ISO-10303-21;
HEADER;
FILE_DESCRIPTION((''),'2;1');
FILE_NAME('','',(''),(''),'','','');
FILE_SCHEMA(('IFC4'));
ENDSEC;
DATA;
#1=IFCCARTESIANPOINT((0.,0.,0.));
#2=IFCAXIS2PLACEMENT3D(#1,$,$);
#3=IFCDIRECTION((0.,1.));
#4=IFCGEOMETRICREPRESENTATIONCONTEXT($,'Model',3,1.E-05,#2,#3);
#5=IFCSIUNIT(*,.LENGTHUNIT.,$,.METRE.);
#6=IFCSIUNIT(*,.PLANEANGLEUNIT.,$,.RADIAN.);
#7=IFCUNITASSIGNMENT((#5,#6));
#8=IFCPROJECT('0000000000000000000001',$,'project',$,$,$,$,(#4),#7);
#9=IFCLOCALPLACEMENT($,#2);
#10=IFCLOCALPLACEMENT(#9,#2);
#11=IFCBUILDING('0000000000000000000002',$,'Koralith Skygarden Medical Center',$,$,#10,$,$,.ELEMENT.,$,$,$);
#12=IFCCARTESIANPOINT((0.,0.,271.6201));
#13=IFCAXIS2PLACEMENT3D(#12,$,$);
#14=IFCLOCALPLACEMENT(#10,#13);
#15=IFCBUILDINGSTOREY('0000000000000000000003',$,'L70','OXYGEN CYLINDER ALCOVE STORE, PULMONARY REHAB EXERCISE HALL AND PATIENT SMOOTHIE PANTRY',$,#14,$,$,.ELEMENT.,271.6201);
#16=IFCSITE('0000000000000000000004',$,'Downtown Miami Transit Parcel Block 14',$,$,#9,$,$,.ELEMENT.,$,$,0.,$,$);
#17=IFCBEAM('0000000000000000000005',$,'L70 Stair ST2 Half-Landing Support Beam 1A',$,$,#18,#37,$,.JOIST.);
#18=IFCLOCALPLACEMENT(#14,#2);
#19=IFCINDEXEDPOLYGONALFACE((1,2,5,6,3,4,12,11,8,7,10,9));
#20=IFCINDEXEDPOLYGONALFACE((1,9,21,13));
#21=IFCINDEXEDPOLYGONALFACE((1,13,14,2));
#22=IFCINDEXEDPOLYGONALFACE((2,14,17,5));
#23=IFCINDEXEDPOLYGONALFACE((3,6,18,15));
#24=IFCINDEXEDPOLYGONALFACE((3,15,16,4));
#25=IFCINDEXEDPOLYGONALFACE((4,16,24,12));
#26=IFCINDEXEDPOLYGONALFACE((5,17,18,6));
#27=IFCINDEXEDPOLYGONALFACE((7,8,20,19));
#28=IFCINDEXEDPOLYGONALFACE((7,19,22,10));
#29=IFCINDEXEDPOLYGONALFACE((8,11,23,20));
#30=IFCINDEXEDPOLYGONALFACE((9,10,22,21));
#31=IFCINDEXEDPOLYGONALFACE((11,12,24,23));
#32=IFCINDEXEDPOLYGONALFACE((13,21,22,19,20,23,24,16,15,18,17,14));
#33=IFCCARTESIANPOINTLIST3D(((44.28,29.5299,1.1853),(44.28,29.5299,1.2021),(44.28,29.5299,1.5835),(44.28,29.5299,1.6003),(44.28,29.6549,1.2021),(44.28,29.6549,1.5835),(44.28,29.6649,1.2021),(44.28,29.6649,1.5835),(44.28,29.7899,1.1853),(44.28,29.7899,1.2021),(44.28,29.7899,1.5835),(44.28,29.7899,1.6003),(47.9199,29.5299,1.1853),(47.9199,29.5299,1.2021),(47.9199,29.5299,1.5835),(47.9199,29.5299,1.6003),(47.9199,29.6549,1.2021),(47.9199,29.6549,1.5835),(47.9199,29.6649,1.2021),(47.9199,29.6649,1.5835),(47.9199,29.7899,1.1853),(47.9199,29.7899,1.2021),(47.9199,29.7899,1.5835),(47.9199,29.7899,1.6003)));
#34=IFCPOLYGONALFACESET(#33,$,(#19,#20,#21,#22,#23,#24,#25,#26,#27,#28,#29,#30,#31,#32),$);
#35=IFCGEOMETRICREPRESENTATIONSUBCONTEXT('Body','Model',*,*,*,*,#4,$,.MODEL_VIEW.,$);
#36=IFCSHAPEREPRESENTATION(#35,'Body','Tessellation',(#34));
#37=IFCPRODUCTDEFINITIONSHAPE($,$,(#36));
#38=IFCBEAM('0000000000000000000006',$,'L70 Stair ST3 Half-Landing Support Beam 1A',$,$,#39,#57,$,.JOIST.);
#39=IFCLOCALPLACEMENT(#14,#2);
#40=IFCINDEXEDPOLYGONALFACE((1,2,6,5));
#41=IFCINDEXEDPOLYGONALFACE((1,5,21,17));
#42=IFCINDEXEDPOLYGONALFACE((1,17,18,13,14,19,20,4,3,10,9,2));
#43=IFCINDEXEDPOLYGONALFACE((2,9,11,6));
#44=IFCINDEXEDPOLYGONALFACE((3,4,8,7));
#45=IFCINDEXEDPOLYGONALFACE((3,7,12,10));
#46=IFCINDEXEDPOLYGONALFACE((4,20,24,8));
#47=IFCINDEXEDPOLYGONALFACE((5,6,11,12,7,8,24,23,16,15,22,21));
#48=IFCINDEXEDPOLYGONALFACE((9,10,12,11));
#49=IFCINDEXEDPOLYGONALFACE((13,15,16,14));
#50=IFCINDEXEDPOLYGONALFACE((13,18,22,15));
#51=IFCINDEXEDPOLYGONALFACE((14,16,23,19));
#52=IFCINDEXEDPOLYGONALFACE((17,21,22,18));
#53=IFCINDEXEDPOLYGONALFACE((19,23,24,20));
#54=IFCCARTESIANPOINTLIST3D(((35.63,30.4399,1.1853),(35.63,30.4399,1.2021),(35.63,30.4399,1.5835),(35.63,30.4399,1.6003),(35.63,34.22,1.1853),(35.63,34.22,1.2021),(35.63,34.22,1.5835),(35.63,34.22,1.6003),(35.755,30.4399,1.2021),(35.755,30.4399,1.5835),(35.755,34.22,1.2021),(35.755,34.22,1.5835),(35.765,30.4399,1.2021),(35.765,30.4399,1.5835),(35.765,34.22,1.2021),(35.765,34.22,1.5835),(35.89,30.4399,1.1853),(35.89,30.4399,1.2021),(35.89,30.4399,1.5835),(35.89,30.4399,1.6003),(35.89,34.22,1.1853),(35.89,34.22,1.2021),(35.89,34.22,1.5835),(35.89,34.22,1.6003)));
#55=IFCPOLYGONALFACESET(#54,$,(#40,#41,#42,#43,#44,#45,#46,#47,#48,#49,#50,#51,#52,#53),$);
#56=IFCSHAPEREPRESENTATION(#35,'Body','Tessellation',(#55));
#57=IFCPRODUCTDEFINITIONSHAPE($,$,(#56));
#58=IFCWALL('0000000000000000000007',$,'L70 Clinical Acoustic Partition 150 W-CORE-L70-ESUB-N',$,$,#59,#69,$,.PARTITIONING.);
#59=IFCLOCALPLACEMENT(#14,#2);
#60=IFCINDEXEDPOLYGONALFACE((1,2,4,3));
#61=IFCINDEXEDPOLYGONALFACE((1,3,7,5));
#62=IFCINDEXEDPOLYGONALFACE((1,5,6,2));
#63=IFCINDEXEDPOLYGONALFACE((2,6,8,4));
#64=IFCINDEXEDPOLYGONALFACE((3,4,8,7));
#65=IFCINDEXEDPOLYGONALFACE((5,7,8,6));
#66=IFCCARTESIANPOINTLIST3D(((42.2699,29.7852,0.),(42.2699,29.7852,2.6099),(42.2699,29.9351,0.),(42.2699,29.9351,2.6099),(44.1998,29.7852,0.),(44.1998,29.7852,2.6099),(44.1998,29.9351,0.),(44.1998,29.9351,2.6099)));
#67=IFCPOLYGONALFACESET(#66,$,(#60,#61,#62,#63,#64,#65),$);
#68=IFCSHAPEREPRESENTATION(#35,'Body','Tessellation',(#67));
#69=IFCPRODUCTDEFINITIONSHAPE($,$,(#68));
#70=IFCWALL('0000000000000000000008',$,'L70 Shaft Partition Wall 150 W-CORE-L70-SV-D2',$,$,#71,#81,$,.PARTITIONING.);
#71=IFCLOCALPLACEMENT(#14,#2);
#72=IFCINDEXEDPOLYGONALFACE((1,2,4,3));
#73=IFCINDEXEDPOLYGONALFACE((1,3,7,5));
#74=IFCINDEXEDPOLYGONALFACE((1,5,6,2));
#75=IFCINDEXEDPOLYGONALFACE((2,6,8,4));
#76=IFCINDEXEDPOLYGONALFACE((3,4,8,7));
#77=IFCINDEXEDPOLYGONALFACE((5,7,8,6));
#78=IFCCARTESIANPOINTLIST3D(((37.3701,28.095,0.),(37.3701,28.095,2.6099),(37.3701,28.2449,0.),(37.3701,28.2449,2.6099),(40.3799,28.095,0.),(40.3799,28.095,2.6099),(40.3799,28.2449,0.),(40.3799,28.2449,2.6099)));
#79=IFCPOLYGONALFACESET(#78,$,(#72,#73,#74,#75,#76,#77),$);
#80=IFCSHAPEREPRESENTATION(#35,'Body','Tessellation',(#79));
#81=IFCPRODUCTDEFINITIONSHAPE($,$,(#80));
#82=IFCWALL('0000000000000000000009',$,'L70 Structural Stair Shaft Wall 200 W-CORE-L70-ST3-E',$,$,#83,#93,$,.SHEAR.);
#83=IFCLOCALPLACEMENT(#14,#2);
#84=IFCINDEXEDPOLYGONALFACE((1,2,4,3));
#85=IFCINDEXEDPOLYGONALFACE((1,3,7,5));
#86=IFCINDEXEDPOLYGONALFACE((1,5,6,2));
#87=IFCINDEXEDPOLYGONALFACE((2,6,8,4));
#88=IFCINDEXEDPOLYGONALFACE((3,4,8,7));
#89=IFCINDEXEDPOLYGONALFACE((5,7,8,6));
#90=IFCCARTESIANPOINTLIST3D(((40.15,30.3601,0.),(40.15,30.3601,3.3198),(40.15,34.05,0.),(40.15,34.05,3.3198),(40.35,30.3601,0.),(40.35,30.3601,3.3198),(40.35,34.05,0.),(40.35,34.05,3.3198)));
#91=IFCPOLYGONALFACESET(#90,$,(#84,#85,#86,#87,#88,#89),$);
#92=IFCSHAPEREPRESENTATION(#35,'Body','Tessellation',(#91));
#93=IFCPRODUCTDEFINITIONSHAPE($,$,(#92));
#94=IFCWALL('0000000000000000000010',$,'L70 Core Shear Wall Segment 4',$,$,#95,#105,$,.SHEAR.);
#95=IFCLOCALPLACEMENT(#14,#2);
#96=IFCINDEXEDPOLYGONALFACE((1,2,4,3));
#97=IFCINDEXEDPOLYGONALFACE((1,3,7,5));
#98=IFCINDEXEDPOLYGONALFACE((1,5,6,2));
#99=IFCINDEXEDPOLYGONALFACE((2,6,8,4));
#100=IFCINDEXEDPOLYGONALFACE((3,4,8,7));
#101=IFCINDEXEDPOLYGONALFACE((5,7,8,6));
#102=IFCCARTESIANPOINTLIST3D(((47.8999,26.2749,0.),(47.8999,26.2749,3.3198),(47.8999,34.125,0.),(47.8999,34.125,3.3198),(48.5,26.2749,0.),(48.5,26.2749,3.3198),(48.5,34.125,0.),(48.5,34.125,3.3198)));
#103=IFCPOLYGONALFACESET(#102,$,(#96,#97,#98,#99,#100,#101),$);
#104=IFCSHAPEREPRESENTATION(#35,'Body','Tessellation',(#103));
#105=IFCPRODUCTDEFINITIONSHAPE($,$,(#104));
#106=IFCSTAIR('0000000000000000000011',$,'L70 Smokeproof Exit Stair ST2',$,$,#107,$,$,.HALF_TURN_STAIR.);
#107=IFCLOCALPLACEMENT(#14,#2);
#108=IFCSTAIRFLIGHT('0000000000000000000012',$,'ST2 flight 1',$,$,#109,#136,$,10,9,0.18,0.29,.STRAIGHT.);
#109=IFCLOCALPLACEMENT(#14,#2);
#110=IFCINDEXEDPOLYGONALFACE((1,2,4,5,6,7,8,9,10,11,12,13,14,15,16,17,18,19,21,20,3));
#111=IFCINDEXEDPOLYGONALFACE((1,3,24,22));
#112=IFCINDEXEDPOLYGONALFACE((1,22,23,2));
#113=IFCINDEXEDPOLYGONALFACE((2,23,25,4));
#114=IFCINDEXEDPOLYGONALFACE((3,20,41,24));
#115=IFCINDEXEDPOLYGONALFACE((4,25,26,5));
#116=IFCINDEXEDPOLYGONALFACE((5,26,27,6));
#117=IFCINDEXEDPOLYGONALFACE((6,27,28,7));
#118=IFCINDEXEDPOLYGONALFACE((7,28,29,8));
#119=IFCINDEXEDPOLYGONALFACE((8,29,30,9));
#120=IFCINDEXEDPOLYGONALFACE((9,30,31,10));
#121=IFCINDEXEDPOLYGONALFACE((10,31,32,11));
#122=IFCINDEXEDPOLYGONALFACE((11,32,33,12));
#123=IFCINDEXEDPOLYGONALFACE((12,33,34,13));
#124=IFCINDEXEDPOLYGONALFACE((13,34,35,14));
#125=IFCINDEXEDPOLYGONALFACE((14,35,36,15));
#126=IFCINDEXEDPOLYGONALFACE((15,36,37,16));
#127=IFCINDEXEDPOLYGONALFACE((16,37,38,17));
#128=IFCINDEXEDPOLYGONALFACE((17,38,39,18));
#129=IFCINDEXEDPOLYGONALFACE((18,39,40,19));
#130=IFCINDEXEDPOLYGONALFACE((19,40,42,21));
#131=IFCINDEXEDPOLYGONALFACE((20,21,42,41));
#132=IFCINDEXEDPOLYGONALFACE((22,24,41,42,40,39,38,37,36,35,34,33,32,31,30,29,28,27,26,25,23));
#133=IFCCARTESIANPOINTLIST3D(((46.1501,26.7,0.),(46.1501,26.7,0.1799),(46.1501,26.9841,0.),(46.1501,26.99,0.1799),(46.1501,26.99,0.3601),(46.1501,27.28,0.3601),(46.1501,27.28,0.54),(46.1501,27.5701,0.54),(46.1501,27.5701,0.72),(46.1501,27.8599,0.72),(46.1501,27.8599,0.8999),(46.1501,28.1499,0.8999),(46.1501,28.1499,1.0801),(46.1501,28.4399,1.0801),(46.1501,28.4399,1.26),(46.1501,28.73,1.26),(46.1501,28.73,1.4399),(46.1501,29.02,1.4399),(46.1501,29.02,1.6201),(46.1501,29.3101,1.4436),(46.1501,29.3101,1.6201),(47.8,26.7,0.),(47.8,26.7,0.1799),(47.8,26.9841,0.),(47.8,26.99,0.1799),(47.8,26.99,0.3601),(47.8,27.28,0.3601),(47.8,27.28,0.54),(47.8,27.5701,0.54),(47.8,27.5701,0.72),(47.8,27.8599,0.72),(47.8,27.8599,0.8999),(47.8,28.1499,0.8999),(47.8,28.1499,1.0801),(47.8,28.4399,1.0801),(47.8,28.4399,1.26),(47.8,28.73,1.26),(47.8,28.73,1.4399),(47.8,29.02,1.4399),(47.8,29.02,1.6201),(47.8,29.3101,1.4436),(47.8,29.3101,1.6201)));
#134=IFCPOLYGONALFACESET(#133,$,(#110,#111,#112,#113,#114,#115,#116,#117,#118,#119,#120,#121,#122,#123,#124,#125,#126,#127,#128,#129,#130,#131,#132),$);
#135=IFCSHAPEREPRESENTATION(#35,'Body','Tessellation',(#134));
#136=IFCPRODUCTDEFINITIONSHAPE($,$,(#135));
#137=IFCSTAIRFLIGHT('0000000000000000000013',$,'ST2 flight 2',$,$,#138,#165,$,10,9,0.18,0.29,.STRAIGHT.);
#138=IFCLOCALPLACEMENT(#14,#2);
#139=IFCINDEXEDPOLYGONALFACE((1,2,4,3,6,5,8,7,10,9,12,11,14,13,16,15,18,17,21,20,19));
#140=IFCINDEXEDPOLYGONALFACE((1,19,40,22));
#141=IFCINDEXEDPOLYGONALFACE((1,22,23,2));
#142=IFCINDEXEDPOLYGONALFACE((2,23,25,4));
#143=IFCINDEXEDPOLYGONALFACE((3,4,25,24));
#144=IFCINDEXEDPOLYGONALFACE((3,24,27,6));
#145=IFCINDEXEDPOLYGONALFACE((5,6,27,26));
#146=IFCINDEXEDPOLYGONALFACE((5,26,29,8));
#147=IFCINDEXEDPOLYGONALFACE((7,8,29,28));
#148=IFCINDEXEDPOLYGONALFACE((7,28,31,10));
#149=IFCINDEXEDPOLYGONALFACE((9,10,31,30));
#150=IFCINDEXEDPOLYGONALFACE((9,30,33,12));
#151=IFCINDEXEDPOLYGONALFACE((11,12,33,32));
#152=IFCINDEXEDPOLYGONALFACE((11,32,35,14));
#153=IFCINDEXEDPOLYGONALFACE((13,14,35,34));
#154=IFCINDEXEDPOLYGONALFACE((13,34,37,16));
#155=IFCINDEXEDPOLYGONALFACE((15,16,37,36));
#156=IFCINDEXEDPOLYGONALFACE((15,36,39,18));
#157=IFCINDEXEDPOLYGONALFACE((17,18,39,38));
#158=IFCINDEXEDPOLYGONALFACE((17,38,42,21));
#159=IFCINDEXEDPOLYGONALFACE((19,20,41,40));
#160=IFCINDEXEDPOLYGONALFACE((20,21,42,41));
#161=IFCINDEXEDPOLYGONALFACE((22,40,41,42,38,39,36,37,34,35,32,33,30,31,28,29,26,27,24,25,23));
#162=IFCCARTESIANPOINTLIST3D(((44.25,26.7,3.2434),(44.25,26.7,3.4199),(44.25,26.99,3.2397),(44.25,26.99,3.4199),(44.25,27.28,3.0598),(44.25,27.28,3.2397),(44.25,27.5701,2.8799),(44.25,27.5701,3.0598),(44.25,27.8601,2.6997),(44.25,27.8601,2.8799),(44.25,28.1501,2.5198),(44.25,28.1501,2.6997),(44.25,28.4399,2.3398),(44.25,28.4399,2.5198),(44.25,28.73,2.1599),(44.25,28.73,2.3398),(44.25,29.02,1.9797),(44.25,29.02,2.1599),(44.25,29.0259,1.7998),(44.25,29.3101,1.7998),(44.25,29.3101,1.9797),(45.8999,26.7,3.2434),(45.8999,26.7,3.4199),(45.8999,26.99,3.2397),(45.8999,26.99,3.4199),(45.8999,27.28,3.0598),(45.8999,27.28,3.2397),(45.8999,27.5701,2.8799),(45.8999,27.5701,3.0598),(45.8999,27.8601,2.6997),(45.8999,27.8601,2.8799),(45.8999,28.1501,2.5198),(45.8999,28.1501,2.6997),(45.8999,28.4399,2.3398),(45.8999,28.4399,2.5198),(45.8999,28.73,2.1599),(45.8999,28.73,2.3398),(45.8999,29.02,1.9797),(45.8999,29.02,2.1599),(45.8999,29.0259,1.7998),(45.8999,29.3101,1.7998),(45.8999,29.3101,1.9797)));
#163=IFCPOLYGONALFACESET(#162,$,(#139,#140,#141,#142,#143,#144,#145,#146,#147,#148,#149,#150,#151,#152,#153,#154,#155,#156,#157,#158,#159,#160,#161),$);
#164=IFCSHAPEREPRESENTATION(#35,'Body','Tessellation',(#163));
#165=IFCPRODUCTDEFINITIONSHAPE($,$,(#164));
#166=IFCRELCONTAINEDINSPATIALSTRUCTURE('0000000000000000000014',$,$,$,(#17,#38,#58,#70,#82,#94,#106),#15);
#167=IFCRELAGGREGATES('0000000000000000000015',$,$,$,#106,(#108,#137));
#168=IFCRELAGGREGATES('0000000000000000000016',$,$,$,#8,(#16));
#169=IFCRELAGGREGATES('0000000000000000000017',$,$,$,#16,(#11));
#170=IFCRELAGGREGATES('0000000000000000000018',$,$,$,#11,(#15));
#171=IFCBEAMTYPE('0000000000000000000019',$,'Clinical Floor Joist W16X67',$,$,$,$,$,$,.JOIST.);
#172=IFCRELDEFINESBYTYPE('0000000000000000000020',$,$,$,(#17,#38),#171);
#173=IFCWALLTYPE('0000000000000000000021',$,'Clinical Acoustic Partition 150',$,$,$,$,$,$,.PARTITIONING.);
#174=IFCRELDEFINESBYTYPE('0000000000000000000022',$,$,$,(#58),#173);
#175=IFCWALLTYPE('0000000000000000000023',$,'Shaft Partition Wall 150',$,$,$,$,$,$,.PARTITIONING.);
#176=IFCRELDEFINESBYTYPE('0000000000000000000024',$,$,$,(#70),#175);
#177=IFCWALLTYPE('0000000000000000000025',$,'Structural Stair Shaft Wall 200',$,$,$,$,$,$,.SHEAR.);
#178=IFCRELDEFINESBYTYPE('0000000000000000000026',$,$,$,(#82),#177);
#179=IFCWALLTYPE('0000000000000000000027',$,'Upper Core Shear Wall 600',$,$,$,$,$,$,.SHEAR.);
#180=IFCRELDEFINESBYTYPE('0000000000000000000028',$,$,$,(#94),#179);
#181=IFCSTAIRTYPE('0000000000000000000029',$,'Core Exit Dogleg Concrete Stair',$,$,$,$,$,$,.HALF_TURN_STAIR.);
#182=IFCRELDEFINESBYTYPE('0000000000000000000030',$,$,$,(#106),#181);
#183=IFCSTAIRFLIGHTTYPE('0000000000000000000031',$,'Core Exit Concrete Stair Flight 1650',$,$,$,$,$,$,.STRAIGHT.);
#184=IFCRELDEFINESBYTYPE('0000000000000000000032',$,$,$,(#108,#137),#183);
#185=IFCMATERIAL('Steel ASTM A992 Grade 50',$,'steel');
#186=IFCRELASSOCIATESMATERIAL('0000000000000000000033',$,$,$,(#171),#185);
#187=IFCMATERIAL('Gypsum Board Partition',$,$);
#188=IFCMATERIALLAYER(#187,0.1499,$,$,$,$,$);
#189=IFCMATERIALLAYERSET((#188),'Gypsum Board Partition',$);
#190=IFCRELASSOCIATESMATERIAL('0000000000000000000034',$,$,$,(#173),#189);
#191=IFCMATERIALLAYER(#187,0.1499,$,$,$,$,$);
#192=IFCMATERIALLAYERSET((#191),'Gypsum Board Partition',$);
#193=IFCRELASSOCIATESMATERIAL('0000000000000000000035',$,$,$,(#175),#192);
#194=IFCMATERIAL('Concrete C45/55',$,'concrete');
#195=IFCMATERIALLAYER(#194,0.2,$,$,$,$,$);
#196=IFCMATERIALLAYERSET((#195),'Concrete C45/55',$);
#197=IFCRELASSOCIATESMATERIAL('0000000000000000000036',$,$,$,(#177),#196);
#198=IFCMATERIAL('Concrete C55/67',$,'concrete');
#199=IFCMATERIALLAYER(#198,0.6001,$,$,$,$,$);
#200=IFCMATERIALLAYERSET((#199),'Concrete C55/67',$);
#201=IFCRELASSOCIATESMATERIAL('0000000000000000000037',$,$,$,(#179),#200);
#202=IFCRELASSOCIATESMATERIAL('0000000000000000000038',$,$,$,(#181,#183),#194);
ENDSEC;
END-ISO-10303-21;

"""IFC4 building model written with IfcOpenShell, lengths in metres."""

from ifc_helpers import new_model, si_unit, direction, frame, frame_2d, origin, origin_2d, place, context, subcontext, project, spatial, polyline, rectangle, i_section, outline, extrude, material, layer, layer_set, material_profile, profile_set, type_object, element, aggregate, save


model = new_model("IFC4")

# Units and contexts
model_context = context("Model", 3, precision=1e-05, world=origin(), true_north=direction((0.0, 1.0)))
body_context = subcontext(model_context, "Body", "Model", "MODEL_VIEW")
ifc_project = project(units=[si_unit("LENGTHUNIT", "METRE"), si_unit("PLANEANGLEUNIT", "RADIAN")], contexts=[model_context])

# Site, building, storey
site_placement = place(None, origin())
site = spatial("IfcSite", under=ifc_project, at=site_placement, Name="Downtown Miami Transit Parcel Block 14", CompositionType="ELEMENT", RefElevation=0.0)
building_placement = place(site_placement, origin())
building = spatial("IfcBuilding", under=site, at=building_placement, Name="Koralith Skygarden Medical Center", CompositionType="ELEMENT")
storey_placement = place(building_placement, frame((0.0, 0.0, 271.6201)))
storey = spatial("IfcBuildingStorey", under=building, at=storey_placement, Name="L70", Description="OXYGEN CYLINDER ALCOVE STORE, PULMONARY REHAB EXERCISE HALL AND PATIENT SMOOTHIE PANTRY", CompositionType="ELEMENT", Elevation=271.6201)

# Beams
ifc_material_1 = material(Name="Steel ASTM A992 Grade 50", Category="steel")
ifc_material_profile = material_profile(ifc_material_1, i_section(OverallWidth=0.26, OverallDepth=0.415, WebThickness=0.01, FlangeThickness=0.0168, at=origin_2d()), Name="W16X67")
ifc_profile_set = profile_set([ifc_material_profile], Name="Steel ASTM A992 Grade 50")
beam_type = type_object("IfcBeamType", Name="Clinical Floor Joist W16X67", PredefinedType="JOIST", material=ifc_profile_set)
beam_1_placement = place(storey_placement, frame((44.28, 29.6599, 1.3928), z_axis=(1.0, 0.0, 0.0), x_axis=(0.0, 1.0, 0.0)))
element("IfcBeam", 1, at=beam_1_placement, inside=storey, type_object=beam_type, Name="L70 Stair ST2 Half-Landing Support Beam 1A", PredefinedType="JOIST", context=body_context, shape_type="SweptSolid", body=[
    extrude(i_section(OverallWidth=0.26, OverallDepth=0.415, WebThickness=0.01, FlangeThickness=0.0168, at=origin_2d()), origin(), (0.0, 0.0, 1.0), 3.6399),
])
beam_2_placement = place(storey_placement, frame((35.76, 30.4399, 1.3928), z_axis=(0.0, 1.0, 0.0), x_axis=(-1.0, 0.0, 0.0)))
element("IfcBeam", 2, at=beam_2_placement, inside=storey, type_object=beam_type, Name="L70 Stair ST3 Half-Landing Support Beam 1A", PredefinedType="JOIST", context=body_context, shape_type="SweptSolid", body=[
    extrude(i_section(OverallWidth=0.26, OverallDepth=0.415, WebThickness=0.01, FlangeThickness=0.0168, at=origin_2d()), origin(), (0.0, 0.0, 1.0), 3.78),
])

# Walls
ifc_material_2 = material(Name="Gypsum Board Partition")
ifc_layer_1 = layer(ifc_material_2, 0.1499)
ifc_layer_set_1 = layer_set([ifc_layer_1], Name="Gypsum Board Partition")
wall_type_1 = type_object("IfcWallType", Name="Clinical Acoustic Partition 150", PredefinedType="PARTITIONING", material=ifc_layer_set_1)
wall_1_placement = place(storey_placement, frame((42.27, 29.8601, 0.0), z_axis=(0.0, 0.0, 1.0), x_axis=(1.0, 0.0, 0.0)))
element("IfcWall", 3, at=wall_1_placement, inside=storey, type_object=wall_type_1, Name="L70 Clinical Acoustic Partition 150 W-CORE-L70-ESUB-N", PredefinedType="PARTITIONING", context=body_context, shape_type="SweptSolid", body=[
    extrude(rectangle(XDim=1.9299, YDim=0.1499, at=frame_2d((0.9648, 0.0))), origin(), (0.0, 0.0, 1.0), 2.6099),
])
ifc_layer_2 = layer(ifc_material_2, 0.1499)
ifc_layer_set_2 = layer_set([ifc_layer_2], Name="Gypsum Board Partition")
wall_type_2 = type_object("IfcWallType", Name="Shaft Partition Wall 150", PredefinedType="PARTITIONING", material=ifc_layer_set_2)
wall_2_placement = place(storey_placement, frame((37.3701, 28.1699, 0.0), z_axis=(0.0, 0.0, 1.0), x_axis=(1.0, 0.0, 0.0)))
element("IfcWall", 4, at=wall_2_placement, inside=storey, type_object=wall_type_2, Name="L70 Shaft Partition Wall 150 W-CORE-L70-SV-D2", PredefinedType="PARTITIONING", context=body_context, shape_type="SweptSolid", body=[
    extrude(rectangle(XDim=3.0098, YDim=0.1499, at=frame_2d((1.5049, 0.0))), origin(), (0.0, 0.0, 1.0), 2.6099),
])
ifc_material_3 = material(Name="Concrete C45/55", Category="concrete")
ifc_layer_3 = layer(ifc_material_3, 0.2)
ifc_layer_set_3 = layer_set([ifc_layer_3], Name="Concrete C45/55")
wall_type_3 = type_object("IfcWallType", Name="Structural Stair Shaft Wall 200", PredefinedType="SHEAR", material=ifc_layer_set_3)
wall_3_placement = place(storey_placement, frame((40.25, 30.3601, 0.0), z_axis=(0.0, 0.0, 1.0), x_axis=(0.0, 1.0, 0.0)))
element("IfcWall", 5, at=wall_3_placement, inside=storey, type_object=wall_type_3, Name="L70 Structural Stair Shaft Wall 200 W-CORE-L70-ST3-E", PredefinedType="SHEAR", context=body_context, shape_type="SweptSolid", body=[
    extrude(rectangle(XDim=3.6899, YDim=0.2, at=frame_2d((1.845, 0.0))), origin(), (0.0, 0.0, 1.0), 3.3198),
])
ifc_material_4 = material(Name="Concrete C55/67", Category="concrete")
ifc_layer_4 = layer(ifc_material_4, 0.6001)
ifc_layer_set_4 = layer_set([ifc_layer_4], Name="Concrete C55/67")
wall_type_4 = type_object("IfcWallType", Name="Upper Core Shear Wall 600", PredefinedType="SHEAR", material=ifc_layer_set_4)
wall_4_placement = place(storey_placement, frame((48.2, 26.2749, 0.0), z_axis=(0.0, 0.0, 1.0), x_axis=(0.0, 1.0, 0.0)))
element("IfcWall", 6, at=wall_4_placement, inside=storey, type_object=wall_type_4, Name="L70 Core Shear Wall Segment 4", PredefinedType="SHEAR", context=body_context, shape_type="SweptSolid", body=[
    extrude(rectangle(XDim=7.8501, YDim=0.6001, at=frame_2d((3.925, 0.0))), origin(), (0.0, 0.0, 1.0), 3.3198),
])

# Stair, stair flights
stair_type = type_object("IfcStairType", Name="Core Exit Dogleg Concrete Stair", PredefinedType="HALF_TURN_STAIR", material=ifc_material_3)
stair_1_placement = place(storey_placement, origin())
stair_1 = element("IfcStair", 7, at=stair_1_placement, inside=storey, type_object=stair_type, Name="L70 Smokeproof Exit Stair ST2", PredefinedType="HALF_TURN_STAIR")
stair_flight_type = type_object("IfcStairFlightType", Name="Core Exit Concrete Stair Flight 1650", PredefinedType="STRAIGHT", material=ifc_material_3)
stair_flight_1_placement = place(storey_placement, frame((46.9751, 26.7, 0.0), z_axis=(0.0, 0.0, 1.0), x_axis=(0.0, 1.0, 0.0)))
stair_flight_1 = element("IfcStairFlight", 8, at=stair_flight_1_placement, type_object=stair_flight_type, Name="ST2 flight 1", NumberOfRisers=10, NumberOfTreads=9, PredefinedType="STRAIGHT", RiserHeight=0.18, TreadLength=0.29, context=body_context, shape_type="SweptSolid", body=[
    extrude(outline(polyline([(0.0, 0.0), (0.0, 0.1799), (0.29, 0.1799), (0.29, 0.3601), (0.5801, 0.3601), (0.5801, 0.54), (0.8701, 0.54), (0.8701, 0.72), (1.1599, 0.72), (1.1599, 0.8999), (1.45, 0.8999), (1.45, 1.0801), (1.74, 1.0801), (1.74, 1.26), (2.03, 1.26), (2.03, 1.4399), (2.3201, 1.4399), (2.3201, 1.6201), (2.6101, 1.6201), (2.6101, 1.8), (2.6101, 1.4436), (0.2842, 0.0), (0.0, 0.0)])), frame((0.0, 0.825, 0.0), z_axis=(0.0, -1.0, 0.0), x_axis=(1.0, 0.0, 0.0)), (0.0, 0.0, 1.0), 1.6499),
])
stair_flight_2_placement = place(storey_placement, frame((45.075, 29.3101, 1.7998), z_axis=(0.0, 0.0, 1.0), x_axis=(0.0, -1.0, 0.0)))
stair_flight_2 = element("IfcStairFlight", 9, at=stair_flight_2_placement, type_object=stair_flight_type, Name="ST2 flight 2", NumberOfRisers=10, NumberOfTreads=9, PredefinedType="STRAIGHT", RiserHeight=0.18, TreadLength=0.29, context=body_context, shape_type="SweptSolid", body=[
    extrude(outline(polyline([(0.0, 0.0), (0.0, 0.1799), (0.29, 0.1799), (0.29, 0.3601), (0.5801, 0.3601), (0.5801, 0.54), (0.8701, 0.54), (0.8701, 0.72), (1.1599, 0.72), (1.1599, 0.8999), (1.45, 0.8999), (1.45, 1.0801), (1.74, 1.0801), (1.74, 1.26), (2.03, 1.26), (2.03, 1.4399), (2.3201, 1.4399), (2.3201, 1.6201), (2.6101, 1.6201), (2.6101, 1.8), (2.6101, 1.4436), (0.2842, 0.0), (0.0, 0.0)])), frame((0.0, 0.825, 0.0), z_axis=(0.0, -1.0, 0.0), x_axis=(1.0, 0.0, 0.0)), (0.0, 0.0, 1.0), 1.6499),
])
aggregate(stair_1, [stair_flight_1, stair_flight_2])

save(model, "model.ifc")
